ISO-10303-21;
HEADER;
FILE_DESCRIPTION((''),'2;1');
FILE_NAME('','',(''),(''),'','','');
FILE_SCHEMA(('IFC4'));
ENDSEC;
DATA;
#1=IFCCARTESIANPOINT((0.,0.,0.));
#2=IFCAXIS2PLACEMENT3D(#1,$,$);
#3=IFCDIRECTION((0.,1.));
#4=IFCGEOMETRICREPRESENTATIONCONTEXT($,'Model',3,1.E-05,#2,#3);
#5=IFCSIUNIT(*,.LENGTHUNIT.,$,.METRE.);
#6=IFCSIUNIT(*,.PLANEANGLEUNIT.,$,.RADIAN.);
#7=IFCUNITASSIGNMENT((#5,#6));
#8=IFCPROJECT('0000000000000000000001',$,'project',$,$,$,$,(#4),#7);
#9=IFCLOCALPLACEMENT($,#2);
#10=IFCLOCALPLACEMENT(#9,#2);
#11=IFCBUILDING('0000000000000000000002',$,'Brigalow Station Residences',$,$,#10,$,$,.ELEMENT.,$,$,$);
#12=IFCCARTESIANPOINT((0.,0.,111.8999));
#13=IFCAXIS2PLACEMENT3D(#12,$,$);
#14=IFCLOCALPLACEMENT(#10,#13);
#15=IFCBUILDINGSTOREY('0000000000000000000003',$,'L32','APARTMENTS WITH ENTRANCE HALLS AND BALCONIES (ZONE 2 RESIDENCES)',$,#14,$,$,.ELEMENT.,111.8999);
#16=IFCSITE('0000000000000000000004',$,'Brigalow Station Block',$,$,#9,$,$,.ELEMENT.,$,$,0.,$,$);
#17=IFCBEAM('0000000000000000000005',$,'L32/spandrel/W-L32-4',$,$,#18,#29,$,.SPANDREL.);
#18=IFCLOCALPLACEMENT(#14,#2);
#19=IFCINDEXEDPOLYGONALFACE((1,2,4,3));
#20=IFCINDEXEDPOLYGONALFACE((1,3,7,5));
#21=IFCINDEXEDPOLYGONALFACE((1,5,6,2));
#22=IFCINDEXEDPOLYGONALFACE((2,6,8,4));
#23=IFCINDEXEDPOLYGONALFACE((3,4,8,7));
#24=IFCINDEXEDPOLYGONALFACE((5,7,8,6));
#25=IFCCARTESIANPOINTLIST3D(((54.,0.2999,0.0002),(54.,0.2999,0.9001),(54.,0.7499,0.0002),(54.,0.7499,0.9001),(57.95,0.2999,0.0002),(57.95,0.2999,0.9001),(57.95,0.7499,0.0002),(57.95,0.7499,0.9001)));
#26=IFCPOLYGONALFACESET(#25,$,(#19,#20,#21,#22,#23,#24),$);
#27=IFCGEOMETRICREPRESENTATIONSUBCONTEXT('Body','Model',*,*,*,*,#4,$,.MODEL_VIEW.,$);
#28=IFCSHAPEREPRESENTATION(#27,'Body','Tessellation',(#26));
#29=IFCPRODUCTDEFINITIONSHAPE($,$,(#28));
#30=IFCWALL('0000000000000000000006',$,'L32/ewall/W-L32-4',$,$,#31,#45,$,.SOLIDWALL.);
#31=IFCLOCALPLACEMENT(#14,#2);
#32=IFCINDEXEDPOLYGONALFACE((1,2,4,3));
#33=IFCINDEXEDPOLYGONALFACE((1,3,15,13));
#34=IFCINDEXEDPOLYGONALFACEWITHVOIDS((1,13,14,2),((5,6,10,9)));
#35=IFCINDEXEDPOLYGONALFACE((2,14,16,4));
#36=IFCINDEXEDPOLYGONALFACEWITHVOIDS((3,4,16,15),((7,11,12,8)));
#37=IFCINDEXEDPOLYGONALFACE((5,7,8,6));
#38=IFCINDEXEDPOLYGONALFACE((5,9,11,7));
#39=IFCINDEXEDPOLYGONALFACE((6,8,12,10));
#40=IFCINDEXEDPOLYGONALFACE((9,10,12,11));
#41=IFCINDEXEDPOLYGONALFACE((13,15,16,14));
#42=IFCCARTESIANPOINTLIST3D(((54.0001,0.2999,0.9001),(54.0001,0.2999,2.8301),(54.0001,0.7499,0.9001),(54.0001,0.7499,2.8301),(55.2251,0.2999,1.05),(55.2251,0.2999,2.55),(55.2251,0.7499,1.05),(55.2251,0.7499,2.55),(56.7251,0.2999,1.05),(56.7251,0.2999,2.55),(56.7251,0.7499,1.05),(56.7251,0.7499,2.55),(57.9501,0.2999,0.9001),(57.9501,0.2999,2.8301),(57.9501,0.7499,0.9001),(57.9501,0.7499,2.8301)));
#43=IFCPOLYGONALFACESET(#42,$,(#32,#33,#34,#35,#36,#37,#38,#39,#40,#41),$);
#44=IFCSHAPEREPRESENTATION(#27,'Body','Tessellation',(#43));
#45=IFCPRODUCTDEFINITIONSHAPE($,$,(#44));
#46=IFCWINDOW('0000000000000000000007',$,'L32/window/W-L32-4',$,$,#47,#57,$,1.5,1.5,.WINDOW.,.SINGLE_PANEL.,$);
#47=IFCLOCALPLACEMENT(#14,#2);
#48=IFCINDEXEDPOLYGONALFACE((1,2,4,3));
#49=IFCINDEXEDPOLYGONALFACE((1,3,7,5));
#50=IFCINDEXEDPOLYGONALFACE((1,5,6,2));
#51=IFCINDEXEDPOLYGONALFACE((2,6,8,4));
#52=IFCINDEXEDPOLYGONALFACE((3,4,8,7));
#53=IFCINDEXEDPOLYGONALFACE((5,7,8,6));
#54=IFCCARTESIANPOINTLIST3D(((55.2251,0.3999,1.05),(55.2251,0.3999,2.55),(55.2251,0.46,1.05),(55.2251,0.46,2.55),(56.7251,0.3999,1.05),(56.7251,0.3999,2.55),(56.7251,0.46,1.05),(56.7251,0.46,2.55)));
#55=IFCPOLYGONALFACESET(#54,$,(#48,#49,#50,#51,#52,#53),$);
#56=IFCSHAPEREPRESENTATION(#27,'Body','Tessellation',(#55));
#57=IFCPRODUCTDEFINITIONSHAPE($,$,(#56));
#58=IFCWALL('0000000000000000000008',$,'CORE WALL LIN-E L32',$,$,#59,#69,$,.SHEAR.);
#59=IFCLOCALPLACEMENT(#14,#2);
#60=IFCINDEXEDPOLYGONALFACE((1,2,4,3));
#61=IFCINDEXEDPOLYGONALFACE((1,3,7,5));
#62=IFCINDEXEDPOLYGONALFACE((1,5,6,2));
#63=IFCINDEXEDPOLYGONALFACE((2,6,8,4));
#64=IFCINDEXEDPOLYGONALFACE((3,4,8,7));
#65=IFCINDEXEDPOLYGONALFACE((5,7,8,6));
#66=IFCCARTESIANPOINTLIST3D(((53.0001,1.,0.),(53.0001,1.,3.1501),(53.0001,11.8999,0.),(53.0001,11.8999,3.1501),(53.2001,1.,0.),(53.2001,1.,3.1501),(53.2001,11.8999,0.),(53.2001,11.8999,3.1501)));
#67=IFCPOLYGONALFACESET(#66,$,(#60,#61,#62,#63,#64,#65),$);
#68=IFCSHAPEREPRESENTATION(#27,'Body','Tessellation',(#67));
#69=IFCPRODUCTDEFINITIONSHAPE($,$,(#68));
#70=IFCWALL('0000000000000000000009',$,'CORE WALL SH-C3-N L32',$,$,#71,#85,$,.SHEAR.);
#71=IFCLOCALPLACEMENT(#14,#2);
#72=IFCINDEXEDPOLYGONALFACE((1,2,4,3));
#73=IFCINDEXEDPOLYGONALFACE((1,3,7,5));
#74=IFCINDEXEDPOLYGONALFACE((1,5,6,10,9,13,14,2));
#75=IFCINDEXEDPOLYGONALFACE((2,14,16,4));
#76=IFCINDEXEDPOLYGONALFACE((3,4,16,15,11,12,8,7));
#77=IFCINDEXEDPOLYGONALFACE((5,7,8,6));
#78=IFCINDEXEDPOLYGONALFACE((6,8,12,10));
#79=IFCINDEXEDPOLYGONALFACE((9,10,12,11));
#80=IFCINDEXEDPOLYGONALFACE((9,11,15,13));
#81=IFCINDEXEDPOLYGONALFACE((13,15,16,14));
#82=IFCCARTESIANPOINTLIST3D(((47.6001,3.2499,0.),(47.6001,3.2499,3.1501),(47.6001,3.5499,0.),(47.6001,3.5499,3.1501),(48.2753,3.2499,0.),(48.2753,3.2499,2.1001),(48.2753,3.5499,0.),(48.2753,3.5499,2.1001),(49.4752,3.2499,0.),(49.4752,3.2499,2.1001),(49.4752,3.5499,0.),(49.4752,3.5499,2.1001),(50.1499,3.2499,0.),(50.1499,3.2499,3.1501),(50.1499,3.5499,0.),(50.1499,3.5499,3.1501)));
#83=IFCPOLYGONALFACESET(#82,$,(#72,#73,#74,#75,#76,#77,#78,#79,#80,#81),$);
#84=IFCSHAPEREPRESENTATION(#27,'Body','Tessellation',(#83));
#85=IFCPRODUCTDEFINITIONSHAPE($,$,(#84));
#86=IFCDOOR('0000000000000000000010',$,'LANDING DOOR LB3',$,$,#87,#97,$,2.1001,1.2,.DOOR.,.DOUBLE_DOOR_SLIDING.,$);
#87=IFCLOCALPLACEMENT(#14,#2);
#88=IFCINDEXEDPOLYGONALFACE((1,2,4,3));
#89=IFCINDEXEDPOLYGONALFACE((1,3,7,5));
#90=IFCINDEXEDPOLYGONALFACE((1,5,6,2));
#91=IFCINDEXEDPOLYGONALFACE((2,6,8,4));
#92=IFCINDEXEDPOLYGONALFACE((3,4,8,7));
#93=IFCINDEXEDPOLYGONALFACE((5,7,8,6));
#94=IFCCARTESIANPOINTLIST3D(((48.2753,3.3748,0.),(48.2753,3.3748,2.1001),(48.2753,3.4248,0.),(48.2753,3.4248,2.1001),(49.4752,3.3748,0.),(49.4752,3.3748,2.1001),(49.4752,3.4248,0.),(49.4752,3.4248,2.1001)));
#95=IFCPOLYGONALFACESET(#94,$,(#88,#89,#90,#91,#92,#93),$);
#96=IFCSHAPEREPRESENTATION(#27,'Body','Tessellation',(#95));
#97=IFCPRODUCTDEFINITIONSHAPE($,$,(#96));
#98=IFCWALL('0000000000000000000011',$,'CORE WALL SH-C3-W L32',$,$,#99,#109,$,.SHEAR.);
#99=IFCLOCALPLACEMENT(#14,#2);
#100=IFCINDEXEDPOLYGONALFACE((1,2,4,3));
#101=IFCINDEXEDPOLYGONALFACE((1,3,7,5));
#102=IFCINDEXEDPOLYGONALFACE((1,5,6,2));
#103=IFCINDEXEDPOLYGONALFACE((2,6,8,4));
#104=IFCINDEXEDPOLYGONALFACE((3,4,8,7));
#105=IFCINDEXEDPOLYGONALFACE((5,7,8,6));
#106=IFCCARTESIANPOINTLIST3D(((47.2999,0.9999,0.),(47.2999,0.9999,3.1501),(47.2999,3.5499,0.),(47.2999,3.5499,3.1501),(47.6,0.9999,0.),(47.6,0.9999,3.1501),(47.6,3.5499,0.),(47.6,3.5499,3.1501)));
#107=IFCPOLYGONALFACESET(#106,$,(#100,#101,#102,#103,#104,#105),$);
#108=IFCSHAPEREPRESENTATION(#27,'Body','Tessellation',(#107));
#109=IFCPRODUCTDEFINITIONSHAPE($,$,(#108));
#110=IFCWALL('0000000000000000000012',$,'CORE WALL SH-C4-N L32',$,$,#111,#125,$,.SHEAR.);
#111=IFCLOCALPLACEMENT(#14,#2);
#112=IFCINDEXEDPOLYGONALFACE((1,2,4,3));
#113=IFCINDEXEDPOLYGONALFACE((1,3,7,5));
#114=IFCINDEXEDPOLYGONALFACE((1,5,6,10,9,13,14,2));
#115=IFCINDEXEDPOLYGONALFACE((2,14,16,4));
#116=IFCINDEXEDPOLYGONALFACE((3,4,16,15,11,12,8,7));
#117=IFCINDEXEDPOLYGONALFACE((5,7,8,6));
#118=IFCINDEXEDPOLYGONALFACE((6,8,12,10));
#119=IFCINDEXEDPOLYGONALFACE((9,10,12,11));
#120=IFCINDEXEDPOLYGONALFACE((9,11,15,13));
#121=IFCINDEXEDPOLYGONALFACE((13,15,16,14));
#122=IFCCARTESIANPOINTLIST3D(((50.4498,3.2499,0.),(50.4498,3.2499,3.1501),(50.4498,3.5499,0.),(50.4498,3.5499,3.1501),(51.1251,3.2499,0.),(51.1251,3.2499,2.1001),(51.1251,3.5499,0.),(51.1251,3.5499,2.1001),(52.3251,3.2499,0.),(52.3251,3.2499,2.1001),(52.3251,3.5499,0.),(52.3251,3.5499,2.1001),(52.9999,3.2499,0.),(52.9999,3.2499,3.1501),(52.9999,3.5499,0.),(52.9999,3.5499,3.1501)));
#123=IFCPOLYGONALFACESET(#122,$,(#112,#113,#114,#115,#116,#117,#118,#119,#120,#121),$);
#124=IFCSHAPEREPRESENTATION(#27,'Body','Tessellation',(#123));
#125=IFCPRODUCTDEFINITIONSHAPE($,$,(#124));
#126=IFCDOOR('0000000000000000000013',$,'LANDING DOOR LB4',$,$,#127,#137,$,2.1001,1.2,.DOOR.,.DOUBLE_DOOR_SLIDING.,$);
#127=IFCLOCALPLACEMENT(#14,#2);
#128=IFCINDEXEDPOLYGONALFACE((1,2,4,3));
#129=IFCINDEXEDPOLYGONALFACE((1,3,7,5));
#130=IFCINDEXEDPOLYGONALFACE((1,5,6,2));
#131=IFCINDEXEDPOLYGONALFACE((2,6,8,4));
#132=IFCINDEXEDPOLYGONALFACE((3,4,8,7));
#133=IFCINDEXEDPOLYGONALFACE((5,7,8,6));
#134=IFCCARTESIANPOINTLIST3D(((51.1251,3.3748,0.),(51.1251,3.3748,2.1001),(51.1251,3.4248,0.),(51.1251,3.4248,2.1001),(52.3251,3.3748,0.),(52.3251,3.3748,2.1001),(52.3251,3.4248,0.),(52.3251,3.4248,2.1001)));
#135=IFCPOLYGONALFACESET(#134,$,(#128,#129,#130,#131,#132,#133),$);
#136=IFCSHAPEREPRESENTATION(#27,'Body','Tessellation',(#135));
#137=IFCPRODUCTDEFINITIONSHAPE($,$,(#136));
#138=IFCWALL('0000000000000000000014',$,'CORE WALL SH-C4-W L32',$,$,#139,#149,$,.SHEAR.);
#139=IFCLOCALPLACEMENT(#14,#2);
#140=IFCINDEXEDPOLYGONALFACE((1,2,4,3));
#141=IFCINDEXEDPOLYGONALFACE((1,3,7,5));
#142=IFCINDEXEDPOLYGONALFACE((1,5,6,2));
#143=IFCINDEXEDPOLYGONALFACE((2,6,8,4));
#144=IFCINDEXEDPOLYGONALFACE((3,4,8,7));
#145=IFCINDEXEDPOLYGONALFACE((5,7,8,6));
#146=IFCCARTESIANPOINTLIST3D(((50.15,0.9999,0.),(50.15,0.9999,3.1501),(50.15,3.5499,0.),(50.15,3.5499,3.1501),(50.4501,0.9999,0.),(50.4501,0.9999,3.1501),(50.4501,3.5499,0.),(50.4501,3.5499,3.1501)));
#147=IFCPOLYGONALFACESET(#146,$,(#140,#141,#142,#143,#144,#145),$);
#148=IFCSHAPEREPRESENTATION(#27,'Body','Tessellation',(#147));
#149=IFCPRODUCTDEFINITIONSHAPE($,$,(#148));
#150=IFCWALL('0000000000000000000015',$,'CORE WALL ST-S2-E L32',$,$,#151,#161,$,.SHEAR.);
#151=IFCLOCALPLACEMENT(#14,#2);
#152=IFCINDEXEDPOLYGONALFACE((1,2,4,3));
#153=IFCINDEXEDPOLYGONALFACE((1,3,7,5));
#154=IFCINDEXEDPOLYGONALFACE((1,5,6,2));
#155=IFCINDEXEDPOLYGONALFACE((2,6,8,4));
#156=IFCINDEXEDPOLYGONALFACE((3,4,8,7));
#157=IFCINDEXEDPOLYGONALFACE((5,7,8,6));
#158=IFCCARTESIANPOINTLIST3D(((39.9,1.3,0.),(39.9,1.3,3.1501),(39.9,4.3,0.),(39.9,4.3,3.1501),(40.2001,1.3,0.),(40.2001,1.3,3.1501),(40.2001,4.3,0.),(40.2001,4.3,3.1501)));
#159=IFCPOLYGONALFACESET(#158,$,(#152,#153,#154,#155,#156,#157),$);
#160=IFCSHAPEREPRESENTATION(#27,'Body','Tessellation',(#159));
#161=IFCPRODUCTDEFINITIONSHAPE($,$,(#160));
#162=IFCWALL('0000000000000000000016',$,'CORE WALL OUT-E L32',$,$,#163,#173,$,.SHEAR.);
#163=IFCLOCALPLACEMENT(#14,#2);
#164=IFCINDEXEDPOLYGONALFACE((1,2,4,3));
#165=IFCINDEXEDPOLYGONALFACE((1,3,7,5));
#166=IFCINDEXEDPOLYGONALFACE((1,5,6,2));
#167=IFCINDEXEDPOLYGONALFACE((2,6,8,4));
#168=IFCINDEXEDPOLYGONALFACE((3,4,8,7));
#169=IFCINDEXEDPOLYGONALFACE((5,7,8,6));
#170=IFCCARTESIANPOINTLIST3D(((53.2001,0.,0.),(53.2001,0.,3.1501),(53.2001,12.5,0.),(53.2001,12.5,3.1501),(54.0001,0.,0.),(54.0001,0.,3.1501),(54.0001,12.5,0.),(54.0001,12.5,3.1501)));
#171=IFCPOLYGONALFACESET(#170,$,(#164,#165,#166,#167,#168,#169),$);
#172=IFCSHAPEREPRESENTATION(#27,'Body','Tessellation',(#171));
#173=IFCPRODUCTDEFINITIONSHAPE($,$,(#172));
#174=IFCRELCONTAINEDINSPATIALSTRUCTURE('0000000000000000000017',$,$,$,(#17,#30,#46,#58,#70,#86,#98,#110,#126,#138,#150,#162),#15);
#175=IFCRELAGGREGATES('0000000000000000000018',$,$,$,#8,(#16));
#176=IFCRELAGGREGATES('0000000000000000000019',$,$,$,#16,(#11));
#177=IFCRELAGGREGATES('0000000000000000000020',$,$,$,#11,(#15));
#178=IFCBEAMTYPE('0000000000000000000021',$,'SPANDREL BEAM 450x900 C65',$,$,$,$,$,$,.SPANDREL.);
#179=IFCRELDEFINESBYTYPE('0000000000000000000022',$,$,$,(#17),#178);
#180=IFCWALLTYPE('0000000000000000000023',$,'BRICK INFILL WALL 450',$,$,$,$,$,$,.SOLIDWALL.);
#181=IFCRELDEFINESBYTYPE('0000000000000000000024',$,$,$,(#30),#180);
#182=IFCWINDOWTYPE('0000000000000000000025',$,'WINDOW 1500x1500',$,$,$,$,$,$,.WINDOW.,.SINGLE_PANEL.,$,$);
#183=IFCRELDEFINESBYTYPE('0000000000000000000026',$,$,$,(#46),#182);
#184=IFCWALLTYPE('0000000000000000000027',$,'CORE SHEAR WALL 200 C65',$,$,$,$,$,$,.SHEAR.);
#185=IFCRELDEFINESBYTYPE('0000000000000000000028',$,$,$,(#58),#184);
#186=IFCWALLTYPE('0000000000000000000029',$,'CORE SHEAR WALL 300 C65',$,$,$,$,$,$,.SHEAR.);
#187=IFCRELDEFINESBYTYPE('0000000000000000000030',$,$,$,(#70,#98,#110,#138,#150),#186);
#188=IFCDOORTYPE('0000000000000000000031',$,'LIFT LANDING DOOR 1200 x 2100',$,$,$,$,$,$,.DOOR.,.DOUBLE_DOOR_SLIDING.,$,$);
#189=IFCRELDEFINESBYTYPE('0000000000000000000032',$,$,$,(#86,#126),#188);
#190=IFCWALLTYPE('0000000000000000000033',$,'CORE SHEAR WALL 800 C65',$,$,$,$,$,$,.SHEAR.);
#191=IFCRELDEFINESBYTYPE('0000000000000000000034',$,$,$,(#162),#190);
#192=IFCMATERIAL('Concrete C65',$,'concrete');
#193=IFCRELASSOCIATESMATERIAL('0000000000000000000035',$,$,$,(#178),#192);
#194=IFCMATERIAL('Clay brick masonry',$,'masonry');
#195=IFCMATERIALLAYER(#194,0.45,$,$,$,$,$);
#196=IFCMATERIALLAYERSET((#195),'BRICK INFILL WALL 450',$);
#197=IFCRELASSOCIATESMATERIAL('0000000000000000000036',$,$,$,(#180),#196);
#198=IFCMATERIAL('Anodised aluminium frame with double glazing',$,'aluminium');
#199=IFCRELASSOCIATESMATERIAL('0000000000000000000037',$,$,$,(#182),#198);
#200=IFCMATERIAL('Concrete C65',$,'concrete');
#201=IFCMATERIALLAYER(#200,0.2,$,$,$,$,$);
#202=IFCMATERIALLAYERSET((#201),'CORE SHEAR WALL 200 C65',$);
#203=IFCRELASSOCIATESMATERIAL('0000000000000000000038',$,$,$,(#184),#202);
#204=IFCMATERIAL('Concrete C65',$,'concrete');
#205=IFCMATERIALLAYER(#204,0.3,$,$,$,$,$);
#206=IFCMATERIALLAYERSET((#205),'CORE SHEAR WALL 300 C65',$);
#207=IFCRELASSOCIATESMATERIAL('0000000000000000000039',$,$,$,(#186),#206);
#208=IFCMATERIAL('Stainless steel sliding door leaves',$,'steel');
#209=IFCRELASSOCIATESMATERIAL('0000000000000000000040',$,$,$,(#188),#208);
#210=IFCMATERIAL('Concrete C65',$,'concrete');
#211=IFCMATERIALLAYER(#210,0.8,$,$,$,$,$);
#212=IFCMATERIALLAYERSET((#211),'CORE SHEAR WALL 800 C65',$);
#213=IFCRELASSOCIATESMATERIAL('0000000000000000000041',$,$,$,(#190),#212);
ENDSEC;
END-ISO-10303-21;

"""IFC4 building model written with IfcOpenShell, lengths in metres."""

from ifc_helpers import new_model, si_unit, direction, frame, frame_2d, origin, origin_2d, place, context, subcontext, project, spatial, rectangle, extrude, material, layer, layer_set, material_profile, profile_set, type_object, element, fill, save


model = new_model("IFC4")

# Units and contexts
model_context = context("Model", 3, precision=1e-05, world=origin(), true_north=direction((0.0, 1.0)))
body_context = subcontext(model_context, "Body", "Model", "MODEL_VIEW")
ifc_project = project(units=[si_unit("LENGTHUNIT", "METRE"), si_unit("PLANEANGLEUNIT", "RADIAN")], contexts=[model_context])

# Site, building, storey
site_placement = place(None, origin())
site = spatial("IfcSite", under=ifc_project, at=site_placement, Name="Brigalow Station Block", CompositionType="ELEMENT", RefElevation=0.0)
building_placement = place(site_placement, origin())
building = spatial("IfcBuilding", under=site, at=building_placement, Name="Brigalow Station Residences", CompositionType="ELEMENT")
storey_placement = place(building_placement, frame((0.0, 0.0, 111.8999)))
storey = spatial("IfcBuildingStorey", under=building, at=storey_placement, Name="L32", Description="APARTMENTS WITH ENTRANCE HALLS AND BALCONIES (ZONE 2 RESIDENCES)", CompositionType="ELEMENT", Elevation=111.8999)

# Beam
ifc_material_1 = material(Name="Concrete C65", Category="concrete")
ifc_material_profile = material_profile(ifc_material_1, rectangle(XDim=0.45, YDim=0.8999, at=origin_2d()), Name="RC450x900")
ifc_profile_set = profile_set([ifc_material_profile], Name="Concrete C65")
beam_type = type_object("IfcBeamType", Name="SPANDREL BEAM 450x900 C65", PredefinedType="SPANDREL", material=ifc_profile_set)
beam_placement = place(storey_placement, frame((54.0, 0.5249, 0.4502), z_axis=(1.0, 0.0, 0.0), x_axis=(0.0, 1.0, 0.0)))
element("IfcBeam", 1, at=beam_placement, inside=storey, type_object=beam_type, Name="L32/spandrel/W-L32-4", PredefinedType="SPANDREL", context=body_context, shape_type="SweptSolid", body=[
    extrude(rectangle(XDim=0.45, YDim=0.8999, at=origin_2d()), origin(), (0.0, 0.0, 1.0), 3.95),
])

# Wall, opening, window
ifc_material_2 = material(Name="Clay brick masonry", Category="masonry")
ifc_layer_1 = layer(ifc_material_2, 0.45)
ifc_layer_set_1 = layer_set([ifc_layer_1], Name="BRICK INFILL WALL 450")
wall_type_1 = type_object("IfcWallType", Name="BRICK INFILL WALL 450", PredefinedType="SOLIDWALL", material=ifc_layer_set_1)
wall_1_placement = place(storey_placement, frame((54.0, 0.5249, 0.9001), z_axis=(0.0, 0.0, 1.0), x_axis=(1.0, 0.0, 0.0)))
wall_1 = element("IfcWall", 2, at=wall_1_placement, inside=storey, type_object=wall_type_1, Name="L32/ewall/W-L32-4", PredefinedType="SOLIDWALL", context=body_context, shape_type="SweptSolid", body=[
    extrude(rectangle(XDim=3.95, YDim=0.45, at=frame_2d((1.9751, 0.0))), origin(), (0.0, 0.0, 1.0), 1.9299),
])
opening_1_placement = place(wall_1_placement, frame((1.2251, 0.0, 0.1499)))
opening_1 = element("IfcOpeningElement", 3, at=opening_1_placement, cuts=wall_1, PredefinedType="OPENING", context=body_context, shape_type="SweptSolid", body=[
    extrude(rectangle(XDim=1.5, YDim=1.5, at=frame_2d((0.75, 0.75))), frame((0.0, 0.2349, 0.0), z_axis=(0.0, -1.0, 0.0), x_axis=(1.0, 0.0, 0.0)), (0.0, 0.0, 1.0), 0.47),
])
ifc_material_3 = material(Name="Anodised aluminium frame with double glazing", Category="aluminium")
window_type = type_object("IfcWindowType", Name="WINDOW 1500x1500", PartitioningType="SINGLE_PANEL", PredefinedType="WINDOW", material=ifc_material_3)
window_placement = place(opening_1_placement, origin())
window = element("IfcWindow", 4, at=window_placement, inside=storey, type_object=window_type, Name="L32/window/W-L32-4", OverallHeight=1.5, OverallWidth=1.5, PartitioningType="SINGLE_PANEL", PredefinedType="WINDOW", context=body_context, shape_type="SweptSolid", body=[
    extrude(rectangle(XDim=1.5, YDim=1.5, at=frame_2d((0.75, 0.75))), frame((0.0, -0.0649, 0.0), z_axis=(0.0, -1.0, 0.0), x_axis=(1.0, 0.0, 0.0)), (0.0, 0.0, 1.0), 0.0601),
])
fill(opening_1, window)

# Wall
ifc_material_4 = material(Name="Concrete C65", Category="concrete")
ifc_layer_2 = layer(ifc_material_4, 0.2)
ifc_layer_set_2 = layer_set([ifc_layer_2], Name="CORE SHEAR WALL 200 C65")
wall_type_2 = type_object("IfcWallType", Name="CORE SHEAR WALL 200 C65", PredefinedType="SHEAR", material=ifc_layer_set_2)
wall_2_placement = place(storey_placement, frame((53.1001, 1.0, 0.0), z_axis=(0.0, 0.0, 1.0), x_axis=(0.0, 1.0, 0.0)))
element("IfcWall", 5, at=wall_2_placement, inside=storey, type_object=wall_type_2, Name="CORE WALL LIN-E L32", PredefinedType="SHEAR", context=body_context, shape_type="SweptSolid", body=[
    extrude(rectangle(XDim=10.8999, YDim=0.2, at=frame_2d((5.45, 0.0))), origin(), (0.0, 0.0, 1.0), 3.1501),
])

# Wall, opening, door
ifc_material_5 = material(Name="Concrete C65", Category="concrete")
ifc_layer_3 = layer(ifc_material_5, 0.3)
ifc_layer_set_3 = layer_set([ifc_layer_3], Name="CORE SHEAR WALL 300 C65")
wall_type_3 = type_object("IfcWallType", Name="CORE SHEAR WALL 300 C65", PredefinedType="SHEAR", material=ifc_layer_set_3)
wall_3_placement = place(storey_placement, frame((47.6001, 3.3999, 0.0), z_axis=(0.0, 0.0, 1.0), x_axis=(1.0, 0.0, 0.0)))
wall_3 = element("IfcWall", 6, at=wall_3_placement, inside=storey, type_object=wall_type_3, Name="CORE WALL SH-C3-N L32", PredefinedType="SHEAR", context=body_context, shape_type="SweptSolid", body=[
    extrude(rectangle(XDim=2.5498, YDim=0.3, at=frame_2d((1.2749, 0.0))), origin(), (0.0, 0.0, 1.0), 3.1501),
])
opening_2_placement = place(wall_3_placement, frame((0.675, 0.0, 0.0)))
opening_2 = element("IfcOpeningElement", 7, at=opening_2_placement, cuts=wall_3, PredefinedType="OPENING", context=body_context, shape_type="SweptSolid", body=[
    extrude(rectangle(XDim=1.2, YDim=2.1001, at=frame_2d((0.6001, 1.05))), frame((0.0, 0.1602, 0.0), z_axis=(0.0, -1.0, 0.0), x_axis=(1.0, 0.0, 0.0)), (0.0, 0.0, 1.0), 0.3201),
])
ifc_material_6 = material(Name="Stainless steel sliding door leaves", Category="steel")
door_type_1 = type_object("IfcDoorType", Name="LIFT LANDING DOOR 1200 x 2100", OperationType="DOUBLE_DOOR_SLIDING", PredefinedType="DOOR", material=ifc_material_6)
door_1_placement = place(opening_2_placement, origin())
door_1 = element("IfcDoor", 8, at=door_1_placement, inside=storey, type_object=door_type_1, Name="LANDING DOOR LB3", OperationType="DOUBLE_DOOR_SLIDING", OverallHeight=2.1001, OverallWidth=1.2, PredefinedType="DOOR", context=body_context, shape_type="SweptSolid", body=[
    extrude(rectangle(XDim=1.2, YDim=2.1001, at=frame_2d((0.6001, 1.05))), frame((0.0, 0.0249, 0.0), z_axis=(0.0, -1.0, 0.0), x_axis=(1.0, 0.0, 0.0)), (0.0, 0.0, 1.0), 0.05),
])
fill(opening_2, door_1)

# Wall
wall_4_placement = place(storey_placement, frame((47.45, 1.0, 0.0), z_axis=(0.0, 0.0, 1.0), x_axis=(0.0, 1.0, 0.0)))
element("IfcWall", 9, at=wall_4_placement, inside=storey, type_object=wall_type_3, Name="CORE WALL SH-C3-W L32", PredefinedType="SHEAR", context=body_context, shape_type="SweptSolid", body=[
    extrude(rectangle(XDim=2.55, YDim=0.3, at=frame_2d((1.2749, 0.0))), origin(), (0.0, 0.0, 1.0), 3.1501),
])

# Wall, opening, door
wall_5_placement = place(storey_placement, frame((50.45, 3.3999, 0.0), z_axis=(0.0, 0.0, 1.0), x_axis=(1.0, 0.0, 0.0)))
wall_5 = element("IfcWall", 10, at=wall_5_placement, inside=storey, type_object=wall_type_3, Name="CORE WALL SH-C4-N L32", PredefinedType="SHEAR", context=body_context, shape_type="SweptSolid", body=[
    extrude(rectangle(XDim=2.55, YDim=0.3, at=frame_2d((1.2749, 0.0))), origin(), (0.0, 0.0, 1.0), 3.1501),
])
opening_3_placement = place(wall_5_placement, frame((0.675, 0.0, 0.0)))
opening_3 = element("IfcOpeningElement", 11, at=opening_3_placement, cuts=wall_5, PredefinedType="OPENING", context=body_context, shape_type="SweptSolid", body=[
    extrude(rectangle(XDim=1.2, YDim=2.1001, at=frame_2d((0.6001, 1.05))), frame((0.0, 0.1602, 0.0), z_axis=(0.0, -1.0, 0.0), x_axis=(1.0, 0.0, 0.0)), (0.0, 0.0, 1.0), 0.3201),
])
door_2_placement = place(opening_3_placement, origin())
door_2 = element("IfcDoor", 12, at=door_2_placement, inside=storey, type_object=door_type_1, Name="LANDING DOOR LB4", OperationType="DOUBLE_DOOR_SLIDING", OverallHeight=2.1001, OverallWidth=1.2, PredefinedType="DOOR", context=body_context, shape_type="SweptSolid", body=[
    extrude(rectangle(XDim=1.2, YDim=2.1001, at=frame_2d((0.6001, 1.05))), frame((0.0, 0.0249, 0.0), z_axis=(0.0, -1.0, 0.0), x_axis=(1.0, 0.0, 0.0)), (0.0, 0.0, 1.0), 0.05),
])
fill(opening_3, door_2)

# Walls
wall_6_placement = place(storey_placement, frame((50.3, 1.0, 0.0), z_axis=(0.0, 0.0, 1.0), x_axis=(0.0, 1.0, 0.0)))
element("IfcWall", 13, at=wall_6_placement, inside=storey, type_object=wall_type_3, Name="CORE WALL SH-C4-W L32", PredefinedType="SHEAR", context=body_context, shape_type="SweptSolid", body=[
    extrude(rectangle(XDim=2.55, YDim=0.3, at=frame_2d((1.2749, 0.0))), origin(), (0.0, 0.0, 1.0), 3.1501),
])
wall_7_placement = place(storey_placement, frame((40.05, 1.3, 0.0), z_axis=(0.0, 0.0, 1.0), x_axis=(0.0, 1.0, 0.0)))
element("IfcWall", 14, at=wall_7_placement, inside=storey, type_object=wall_type_3, Name="CORE WALL ST-S2-E L32", PredefinedType="SHEAR", context=body_context, shape_type="SweptSolid", body=[
    extrude(rectangle(XDim=3.0, YDim=0.3, at=frame_2d((1.5, 0.0))), origin(), (0.0, 0.0, 1.0), 3.1501),
])
ifc_material_7 = material(Name="Concrete C65", Category="concrete")
ifc_layer_4 = layer(ifc_material_7, 0.8)
ifc_layer_set_4 = layer_set([ifc_layer_4], Name="CORE SHEAR WALL 800 C65")
wall_type_4 = type_object("IfcWallType", Name="CORE SHEAR WALL 800 C65", PredefinedType="SHEAR", material=ifc_layer_set_4)
wall_8_placement = place(storey_placement, frame((53.6001, 0.0, 0.0), z_axis=(0.0, 0.0, 1.0), x_axis=(0.0, 1.0, 0.0)))
element("IfcWall", 15, at=wall_8_placement, inside=storey, type_object=wall_type_4, Name="CORE WALL OUT-E L32", PredefinedType="SHEAR", context=body_context, shape_type="SweptSolid", body=[
    extrude(rectangle(XDim=12.5, YDim=0.8, at=frame_2d((6.25, 0.0))), origin(), (0.0, 0.0, 1.0), 3.1501),
])

save(model, "model.ifc")
